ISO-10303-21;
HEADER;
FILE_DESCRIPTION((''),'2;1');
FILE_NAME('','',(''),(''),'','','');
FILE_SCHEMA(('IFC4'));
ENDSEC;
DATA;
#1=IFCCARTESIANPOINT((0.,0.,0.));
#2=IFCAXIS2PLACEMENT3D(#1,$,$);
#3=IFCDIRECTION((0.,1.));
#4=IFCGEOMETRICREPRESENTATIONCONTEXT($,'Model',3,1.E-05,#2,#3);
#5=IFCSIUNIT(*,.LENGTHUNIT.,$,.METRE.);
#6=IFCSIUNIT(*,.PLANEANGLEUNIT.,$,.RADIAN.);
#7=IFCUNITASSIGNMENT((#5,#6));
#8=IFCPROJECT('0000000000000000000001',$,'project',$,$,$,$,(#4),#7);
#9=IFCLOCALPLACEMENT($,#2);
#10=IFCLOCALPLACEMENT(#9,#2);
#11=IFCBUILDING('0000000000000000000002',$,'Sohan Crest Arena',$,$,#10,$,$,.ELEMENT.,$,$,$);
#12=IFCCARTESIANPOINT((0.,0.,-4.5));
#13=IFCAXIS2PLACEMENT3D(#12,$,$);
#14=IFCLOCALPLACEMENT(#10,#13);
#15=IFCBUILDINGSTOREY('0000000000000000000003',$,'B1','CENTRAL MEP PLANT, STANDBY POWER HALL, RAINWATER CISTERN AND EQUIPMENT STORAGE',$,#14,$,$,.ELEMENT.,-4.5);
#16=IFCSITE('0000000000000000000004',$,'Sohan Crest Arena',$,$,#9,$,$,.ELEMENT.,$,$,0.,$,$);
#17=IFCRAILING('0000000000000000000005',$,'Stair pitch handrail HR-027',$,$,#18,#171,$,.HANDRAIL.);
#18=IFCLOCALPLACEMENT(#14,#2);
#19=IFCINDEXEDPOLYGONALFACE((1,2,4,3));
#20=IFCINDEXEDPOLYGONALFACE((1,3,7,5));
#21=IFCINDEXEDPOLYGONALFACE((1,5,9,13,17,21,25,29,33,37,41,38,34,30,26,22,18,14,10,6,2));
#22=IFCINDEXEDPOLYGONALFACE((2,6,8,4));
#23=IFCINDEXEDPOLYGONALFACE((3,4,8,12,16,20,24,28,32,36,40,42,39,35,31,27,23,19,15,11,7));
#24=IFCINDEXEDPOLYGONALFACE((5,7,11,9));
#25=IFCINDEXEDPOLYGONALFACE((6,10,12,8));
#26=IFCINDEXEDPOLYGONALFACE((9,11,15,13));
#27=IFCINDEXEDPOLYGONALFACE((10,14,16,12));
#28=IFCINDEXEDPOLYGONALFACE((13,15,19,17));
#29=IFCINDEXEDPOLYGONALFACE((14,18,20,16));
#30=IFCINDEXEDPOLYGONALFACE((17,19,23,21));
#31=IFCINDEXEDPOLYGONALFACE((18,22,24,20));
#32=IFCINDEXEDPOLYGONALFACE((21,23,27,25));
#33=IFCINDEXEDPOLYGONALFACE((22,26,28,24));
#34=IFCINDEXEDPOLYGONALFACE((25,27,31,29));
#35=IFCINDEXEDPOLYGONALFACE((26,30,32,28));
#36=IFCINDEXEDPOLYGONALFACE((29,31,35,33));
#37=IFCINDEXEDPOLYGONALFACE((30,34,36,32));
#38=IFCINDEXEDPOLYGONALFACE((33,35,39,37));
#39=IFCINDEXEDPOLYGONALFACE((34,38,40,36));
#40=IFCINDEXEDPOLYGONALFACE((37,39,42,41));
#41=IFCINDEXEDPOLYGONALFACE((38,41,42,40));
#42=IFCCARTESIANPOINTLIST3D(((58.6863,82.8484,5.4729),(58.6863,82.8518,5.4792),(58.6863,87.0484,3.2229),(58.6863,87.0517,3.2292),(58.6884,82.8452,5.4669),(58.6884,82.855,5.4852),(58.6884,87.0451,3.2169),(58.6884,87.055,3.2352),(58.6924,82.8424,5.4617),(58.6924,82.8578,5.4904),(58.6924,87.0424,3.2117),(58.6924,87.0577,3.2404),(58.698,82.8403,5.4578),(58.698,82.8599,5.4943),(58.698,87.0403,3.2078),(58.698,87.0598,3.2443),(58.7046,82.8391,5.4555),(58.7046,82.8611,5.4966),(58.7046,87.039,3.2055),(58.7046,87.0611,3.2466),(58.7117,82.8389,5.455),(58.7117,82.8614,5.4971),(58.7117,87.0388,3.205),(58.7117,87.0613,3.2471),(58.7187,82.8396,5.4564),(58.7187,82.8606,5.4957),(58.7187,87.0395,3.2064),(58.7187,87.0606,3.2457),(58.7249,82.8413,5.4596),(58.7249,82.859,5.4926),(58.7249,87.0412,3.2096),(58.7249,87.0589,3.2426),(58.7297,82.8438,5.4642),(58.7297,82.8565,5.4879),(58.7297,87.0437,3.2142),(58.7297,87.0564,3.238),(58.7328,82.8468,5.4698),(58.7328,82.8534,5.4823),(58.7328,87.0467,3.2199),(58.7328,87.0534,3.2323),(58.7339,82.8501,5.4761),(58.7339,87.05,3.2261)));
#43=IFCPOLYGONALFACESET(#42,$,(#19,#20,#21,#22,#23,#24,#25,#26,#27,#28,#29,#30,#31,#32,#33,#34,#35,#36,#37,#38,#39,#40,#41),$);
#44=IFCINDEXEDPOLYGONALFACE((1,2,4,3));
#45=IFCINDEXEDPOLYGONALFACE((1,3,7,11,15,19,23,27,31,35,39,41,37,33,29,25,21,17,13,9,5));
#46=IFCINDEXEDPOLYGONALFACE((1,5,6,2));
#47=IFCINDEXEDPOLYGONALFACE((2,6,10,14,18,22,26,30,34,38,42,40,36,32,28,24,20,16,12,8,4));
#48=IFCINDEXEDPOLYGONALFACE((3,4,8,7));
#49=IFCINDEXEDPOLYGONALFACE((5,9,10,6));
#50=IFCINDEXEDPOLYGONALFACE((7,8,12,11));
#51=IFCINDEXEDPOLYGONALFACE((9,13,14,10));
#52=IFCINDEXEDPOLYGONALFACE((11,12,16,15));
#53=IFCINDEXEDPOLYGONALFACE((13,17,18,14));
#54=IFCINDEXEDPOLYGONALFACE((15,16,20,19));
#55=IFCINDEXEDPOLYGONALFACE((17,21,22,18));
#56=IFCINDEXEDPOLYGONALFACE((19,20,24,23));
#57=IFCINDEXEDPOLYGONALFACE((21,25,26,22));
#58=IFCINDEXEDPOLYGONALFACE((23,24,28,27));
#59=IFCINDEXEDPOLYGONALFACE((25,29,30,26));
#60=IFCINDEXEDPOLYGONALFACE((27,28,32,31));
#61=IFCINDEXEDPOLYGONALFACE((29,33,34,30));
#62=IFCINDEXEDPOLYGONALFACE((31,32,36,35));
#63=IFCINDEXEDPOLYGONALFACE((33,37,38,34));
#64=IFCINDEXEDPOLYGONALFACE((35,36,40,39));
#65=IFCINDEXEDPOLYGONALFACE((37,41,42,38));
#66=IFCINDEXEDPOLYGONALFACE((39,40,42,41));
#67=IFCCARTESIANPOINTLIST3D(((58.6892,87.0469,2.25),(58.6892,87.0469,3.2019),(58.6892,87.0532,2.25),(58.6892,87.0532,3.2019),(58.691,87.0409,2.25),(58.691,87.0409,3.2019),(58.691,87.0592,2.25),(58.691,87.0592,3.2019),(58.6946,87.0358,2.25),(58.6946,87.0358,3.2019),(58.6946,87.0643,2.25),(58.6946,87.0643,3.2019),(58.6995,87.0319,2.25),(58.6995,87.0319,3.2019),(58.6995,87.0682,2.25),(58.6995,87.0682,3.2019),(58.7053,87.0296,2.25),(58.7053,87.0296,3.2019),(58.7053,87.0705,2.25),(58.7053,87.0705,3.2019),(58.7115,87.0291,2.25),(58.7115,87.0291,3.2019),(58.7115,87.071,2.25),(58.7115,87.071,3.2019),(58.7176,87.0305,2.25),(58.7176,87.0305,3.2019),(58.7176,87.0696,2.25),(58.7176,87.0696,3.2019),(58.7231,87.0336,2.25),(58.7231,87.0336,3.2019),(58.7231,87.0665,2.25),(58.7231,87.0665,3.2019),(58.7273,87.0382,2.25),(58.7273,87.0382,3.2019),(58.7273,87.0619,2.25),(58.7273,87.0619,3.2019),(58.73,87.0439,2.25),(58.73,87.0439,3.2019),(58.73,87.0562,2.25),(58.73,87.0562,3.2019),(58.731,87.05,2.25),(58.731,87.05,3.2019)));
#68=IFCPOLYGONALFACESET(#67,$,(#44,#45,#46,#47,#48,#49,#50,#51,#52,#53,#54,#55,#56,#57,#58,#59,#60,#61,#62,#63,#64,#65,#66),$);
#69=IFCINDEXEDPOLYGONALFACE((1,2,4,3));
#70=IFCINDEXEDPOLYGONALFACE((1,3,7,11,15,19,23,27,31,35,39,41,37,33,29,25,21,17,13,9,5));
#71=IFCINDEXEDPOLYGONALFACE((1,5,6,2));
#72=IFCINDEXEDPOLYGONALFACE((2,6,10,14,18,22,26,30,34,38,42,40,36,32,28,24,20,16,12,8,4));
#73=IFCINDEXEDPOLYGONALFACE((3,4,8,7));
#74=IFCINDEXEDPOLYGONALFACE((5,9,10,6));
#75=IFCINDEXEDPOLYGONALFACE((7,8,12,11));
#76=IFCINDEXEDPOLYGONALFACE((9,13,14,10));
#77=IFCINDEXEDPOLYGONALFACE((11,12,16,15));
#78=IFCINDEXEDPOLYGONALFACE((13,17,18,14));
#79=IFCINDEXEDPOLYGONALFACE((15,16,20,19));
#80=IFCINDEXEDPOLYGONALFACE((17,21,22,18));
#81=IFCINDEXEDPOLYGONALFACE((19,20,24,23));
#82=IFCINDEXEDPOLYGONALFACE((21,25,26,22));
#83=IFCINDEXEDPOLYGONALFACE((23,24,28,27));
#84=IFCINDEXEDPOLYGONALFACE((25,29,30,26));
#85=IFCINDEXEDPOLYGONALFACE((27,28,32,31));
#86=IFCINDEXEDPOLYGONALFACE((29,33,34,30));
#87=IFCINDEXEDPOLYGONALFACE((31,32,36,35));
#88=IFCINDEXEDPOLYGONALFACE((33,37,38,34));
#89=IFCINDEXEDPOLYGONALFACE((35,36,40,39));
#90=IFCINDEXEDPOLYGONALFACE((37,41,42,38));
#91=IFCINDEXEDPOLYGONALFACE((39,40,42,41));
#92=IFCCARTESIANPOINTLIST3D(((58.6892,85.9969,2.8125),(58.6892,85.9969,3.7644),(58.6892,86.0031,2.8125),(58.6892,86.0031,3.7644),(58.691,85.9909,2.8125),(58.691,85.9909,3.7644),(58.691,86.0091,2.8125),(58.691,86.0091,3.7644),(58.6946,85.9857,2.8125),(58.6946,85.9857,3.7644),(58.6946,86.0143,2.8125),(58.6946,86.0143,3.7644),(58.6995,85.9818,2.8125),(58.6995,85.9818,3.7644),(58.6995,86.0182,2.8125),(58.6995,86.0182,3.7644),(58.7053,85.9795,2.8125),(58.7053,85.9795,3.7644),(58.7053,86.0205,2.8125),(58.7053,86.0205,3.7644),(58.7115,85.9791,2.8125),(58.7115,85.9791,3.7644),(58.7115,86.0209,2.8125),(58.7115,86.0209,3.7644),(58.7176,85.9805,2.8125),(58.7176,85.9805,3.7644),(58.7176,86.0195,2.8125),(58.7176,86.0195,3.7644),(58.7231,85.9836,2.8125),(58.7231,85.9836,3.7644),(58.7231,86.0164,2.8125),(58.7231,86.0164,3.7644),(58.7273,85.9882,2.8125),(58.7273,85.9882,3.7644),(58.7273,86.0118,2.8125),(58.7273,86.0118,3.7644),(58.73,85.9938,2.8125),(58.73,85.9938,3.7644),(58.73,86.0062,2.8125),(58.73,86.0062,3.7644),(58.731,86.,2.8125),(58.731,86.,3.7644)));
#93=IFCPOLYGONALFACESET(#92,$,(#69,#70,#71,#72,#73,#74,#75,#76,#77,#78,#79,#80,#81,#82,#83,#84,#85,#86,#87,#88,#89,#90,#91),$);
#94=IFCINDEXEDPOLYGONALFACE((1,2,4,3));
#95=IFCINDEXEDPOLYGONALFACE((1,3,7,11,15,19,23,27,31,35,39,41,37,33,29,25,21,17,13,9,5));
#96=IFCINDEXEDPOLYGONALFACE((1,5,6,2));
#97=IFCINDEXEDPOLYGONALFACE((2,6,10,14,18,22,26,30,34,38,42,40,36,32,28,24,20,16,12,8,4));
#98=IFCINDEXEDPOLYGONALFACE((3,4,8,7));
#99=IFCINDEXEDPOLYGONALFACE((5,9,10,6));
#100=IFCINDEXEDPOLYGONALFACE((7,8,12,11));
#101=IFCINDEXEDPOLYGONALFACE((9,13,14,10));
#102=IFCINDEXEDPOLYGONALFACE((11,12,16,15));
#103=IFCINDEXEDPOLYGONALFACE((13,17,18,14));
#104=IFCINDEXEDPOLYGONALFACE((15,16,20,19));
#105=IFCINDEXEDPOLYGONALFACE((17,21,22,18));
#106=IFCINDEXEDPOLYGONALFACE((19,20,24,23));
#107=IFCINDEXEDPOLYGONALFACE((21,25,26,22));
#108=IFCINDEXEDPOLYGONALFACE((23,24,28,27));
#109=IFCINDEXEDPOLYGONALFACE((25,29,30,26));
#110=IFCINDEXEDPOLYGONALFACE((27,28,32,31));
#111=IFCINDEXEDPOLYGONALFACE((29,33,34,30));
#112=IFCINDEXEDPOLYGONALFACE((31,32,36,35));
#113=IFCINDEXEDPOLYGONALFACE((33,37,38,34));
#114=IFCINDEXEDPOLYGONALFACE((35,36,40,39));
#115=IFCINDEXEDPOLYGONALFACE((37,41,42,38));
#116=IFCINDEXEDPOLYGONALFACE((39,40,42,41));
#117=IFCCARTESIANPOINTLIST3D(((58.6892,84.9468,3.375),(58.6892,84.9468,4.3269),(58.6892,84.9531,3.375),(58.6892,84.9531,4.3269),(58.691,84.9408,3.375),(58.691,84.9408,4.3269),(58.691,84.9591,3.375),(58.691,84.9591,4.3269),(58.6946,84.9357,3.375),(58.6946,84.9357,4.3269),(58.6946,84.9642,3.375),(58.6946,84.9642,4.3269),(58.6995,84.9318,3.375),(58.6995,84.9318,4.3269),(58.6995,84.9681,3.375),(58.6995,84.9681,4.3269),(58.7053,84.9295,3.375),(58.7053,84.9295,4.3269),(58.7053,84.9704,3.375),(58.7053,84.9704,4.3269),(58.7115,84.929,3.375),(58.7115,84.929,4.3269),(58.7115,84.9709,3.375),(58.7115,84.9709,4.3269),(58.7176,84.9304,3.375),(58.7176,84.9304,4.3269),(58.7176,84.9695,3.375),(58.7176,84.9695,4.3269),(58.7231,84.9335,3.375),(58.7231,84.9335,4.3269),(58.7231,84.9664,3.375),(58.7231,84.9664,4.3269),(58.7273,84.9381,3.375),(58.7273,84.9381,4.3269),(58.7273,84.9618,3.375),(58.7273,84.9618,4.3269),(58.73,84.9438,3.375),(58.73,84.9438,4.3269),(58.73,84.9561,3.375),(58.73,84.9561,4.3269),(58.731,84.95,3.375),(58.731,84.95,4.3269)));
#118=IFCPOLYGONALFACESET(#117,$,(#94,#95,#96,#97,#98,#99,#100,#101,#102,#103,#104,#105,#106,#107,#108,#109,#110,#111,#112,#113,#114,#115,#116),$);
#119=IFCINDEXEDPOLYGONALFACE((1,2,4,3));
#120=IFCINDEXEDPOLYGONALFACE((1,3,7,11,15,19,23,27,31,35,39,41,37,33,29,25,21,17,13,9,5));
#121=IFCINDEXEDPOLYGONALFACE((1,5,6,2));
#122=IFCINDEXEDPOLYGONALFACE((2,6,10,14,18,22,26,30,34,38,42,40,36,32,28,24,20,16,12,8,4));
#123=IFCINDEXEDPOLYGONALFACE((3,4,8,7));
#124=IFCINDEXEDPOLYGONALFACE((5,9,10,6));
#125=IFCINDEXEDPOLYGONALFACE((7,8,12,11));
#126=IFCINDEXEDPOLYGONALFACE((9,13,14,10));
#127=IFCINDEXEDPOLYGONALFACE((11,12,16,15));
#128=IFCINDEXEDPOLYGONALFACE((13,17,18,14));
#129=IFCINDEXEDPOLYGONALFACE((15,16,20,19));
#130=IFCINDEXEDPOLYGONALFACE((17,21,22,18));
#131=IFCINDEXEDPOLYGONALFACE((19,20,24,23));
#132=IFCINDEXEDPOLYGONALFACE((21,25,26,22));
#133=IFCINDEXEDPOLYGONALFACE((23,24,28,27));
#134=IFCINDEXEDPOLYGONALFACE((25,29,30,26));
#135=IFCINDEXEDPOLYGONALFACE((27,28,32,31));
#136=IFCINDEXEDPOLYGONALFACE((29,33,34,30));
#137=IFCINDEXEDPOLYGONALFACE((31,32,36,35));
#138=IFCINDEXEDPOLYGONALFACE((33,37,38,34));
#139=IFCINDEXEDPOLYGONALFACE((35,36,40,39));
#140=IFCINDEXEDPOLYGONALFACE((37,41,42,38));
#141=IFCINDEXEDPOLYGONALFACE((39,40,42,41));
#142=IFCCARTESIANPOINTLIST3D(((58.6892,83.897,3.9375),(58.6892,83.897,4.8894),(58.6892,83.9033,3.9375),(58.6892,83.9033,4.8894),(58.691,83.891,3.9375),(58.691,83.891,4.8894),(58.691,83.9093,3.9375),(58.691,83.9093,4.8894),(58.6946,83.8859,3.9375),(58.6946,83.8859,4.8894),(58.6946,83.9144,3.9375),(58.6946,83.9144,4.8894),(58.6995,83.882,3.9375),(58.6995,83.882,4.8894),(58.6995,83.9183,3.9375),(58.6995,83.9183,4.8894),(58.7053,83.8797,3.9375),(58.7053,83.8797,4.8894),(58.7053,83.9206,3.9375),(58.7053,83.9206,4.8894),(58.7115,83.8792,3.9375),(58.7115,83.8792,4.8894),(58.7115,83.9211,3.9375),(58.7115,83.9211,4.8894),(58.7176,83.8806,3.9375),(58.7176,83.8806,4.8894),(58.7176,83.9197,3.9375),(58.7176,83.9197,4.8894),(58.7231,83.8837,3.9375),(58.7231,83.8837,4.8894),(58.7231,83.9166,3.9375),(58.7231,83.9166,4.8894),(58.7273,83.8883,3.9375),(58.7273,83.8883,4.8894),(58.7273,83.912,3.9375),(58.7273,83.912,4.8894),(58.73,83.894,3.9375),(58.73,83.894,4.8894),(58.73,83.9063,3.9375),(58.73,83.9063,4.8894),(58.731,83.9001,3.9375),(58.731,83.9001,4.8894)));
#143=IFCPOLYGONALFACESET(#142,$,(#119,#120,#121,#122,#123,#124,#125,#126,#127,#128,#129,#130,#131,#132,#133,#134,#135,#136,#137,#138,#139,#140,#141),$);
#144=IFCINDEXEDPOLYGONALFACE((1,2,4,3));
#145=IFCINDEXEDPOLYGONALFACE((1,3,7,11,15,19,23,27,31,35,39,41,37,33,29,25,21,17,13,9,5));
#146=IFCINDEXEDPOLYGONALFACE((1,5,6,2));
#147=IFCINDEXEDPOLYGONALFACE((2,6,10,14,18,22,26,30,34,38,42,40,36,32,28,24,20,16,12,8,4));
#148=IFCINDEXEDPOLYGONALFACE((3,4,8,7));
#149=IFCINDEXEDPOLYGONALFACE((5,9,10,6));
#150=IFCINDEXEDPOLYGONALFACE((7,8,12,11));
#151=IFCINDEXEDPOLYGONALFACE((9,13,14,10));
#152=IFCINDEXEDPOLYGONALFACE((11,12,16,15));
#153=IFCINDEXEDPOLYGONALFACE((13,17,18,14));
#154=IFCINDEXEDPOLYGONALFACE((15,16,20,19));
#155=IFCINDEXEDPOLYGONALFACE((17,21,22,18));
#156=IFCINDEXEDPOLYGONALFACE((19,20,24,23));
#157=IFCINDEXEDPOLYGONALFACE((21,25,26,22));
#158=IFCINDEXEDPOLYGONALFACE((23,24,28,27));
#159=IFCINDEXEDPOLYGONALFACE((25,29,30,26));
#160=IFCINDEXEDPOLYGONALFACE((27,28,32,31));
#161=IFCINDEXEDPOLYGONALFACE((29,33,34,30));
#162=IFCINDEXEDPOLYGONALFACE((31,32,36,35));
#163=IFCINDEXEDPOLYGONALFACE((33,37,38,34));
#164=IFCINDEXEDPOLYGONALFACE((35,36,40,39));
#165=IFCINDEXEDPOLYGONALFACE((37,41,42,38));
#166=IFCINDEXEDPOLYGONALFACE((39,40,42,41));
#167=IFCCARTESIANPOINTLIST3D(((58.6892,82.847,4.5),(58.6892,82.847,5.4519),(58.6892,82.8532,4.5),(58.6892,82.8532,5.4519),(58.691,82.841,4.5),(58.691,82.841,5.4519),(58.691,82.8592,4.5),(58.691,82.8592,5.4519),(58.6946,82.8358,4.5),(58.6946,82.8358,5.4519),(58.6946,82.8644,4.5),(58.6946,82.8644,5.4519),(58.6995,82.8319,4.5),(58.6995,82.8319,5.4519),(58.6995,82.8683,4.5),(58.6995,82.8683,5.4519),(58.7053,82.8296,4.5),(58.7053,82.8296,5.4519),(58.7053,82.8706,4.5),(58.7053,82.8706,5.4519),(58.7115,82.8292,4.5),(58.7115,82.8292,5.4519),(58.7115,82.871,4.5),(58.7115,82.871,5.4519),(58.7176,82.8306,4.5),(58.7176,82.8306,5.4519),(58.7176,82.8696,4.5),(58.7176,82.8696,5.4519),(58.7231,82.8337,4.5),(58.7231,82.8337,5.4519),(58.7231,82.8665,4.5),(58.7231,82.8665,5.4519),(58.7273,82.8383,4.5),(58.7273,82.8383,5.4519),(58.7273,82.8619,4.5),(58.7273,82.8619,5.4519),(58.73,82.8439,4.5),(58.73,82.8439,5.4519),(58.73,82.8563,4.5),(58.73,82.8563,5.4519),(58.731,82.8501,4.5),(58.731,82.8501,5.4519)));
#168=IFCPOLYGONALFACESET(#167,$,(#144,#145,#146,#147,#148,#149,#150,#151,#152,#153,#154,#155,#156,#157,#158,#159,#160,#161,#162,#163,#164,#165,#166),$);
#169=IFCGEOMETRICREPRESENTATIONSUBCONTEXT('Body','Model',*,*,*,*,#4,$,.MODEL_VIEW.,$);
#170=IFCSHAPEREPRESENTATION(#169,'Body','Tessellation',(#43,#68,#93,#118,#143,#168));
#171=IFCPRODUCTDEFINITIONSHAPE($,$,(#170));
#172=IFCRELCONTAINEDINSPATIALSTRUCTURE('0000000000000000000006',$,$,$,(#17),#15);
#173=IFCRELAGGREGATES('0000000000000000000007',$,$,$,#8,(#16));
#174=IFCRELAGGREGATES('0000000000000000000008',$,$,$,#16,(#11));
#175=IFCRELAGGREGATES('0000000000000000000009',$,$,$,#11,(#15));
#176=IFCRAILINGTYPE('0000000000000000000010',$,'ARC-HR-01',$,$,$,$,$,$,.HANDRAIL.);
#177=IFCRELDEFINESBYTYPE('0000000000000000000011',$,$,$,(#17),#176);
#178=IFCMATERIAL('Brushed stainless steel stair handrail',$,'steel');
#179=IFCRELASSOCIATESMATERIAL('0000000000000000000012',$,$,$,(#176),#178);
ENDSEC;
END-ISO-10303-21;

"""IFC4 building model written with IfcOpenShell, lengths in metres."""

from ifc_helpers import new_model, si_unit, direction, frame, origin, origin_2d, place, context, subcontext, project, spatial, circle, extrude, material, type_object, element, save


model = new_model("IFC4")

# Units and contexts
model_context = context("Model", 3, precision=1e-05, world=origin(), true_north=direction((0.0, 1.0)))
body_context = subcontext(model_context, "Body", "Model", "MODEL_VIEW")
ifc_project = project(units=[si_unit("LENGTHUNIT", "METRE"), si_unit("PLANEANGLEUNIT", "RADIAN")], contexts=[model_context])

# Site, building, storey
site_placement = place(None, origin())
site = spatial("IfcSite", under=ifc_project, at=site_placement, Name="Sohan Crest Arena", CompositionType="ELEMENT", RefElevation=0.0)
building_placement = place(site_placement, origin())
building = spatial("IfcBuilding", under=site, at=building_placement, Name="Sohan Crest Arena", CompositionType="ELEMENT")
storey_placement = place(building_placement, frame((0.0, 0.0, -4.5)))
storey = spatial("IfcBuildingStorey", under=building, at=storey_placement, Name="B1", Description="CENTRAL MEP PLANT, STANDBY POWER HALL, RAINWATER CISTERN AND EQUIPMENT STORAGE", CompositionType="ELEMENT", Elevation=-4.5)

# Railing
ifc_material_1 = material(Name="Brushed stainless steel stair handrail", Category="steel")
railing_type = type_object("IfcRailingType", Name="ARC-HR-01", PredefinedType="HANDRAIL", material=ifc_material_1)
for number, where, name in (
    (1, (58.71, 87.05, 2.25), "Stair pitch handrail HR-027"),
):
    element("IfcRailing", number, at=place(storey_placement, frame(where)), inside=storey, type_object=railing_type, Name=name, PredefinedType="HANDRAIL", context=body_context, shape_type="SweptSolid", body=[
        extrude(circle(Radius=0.0239, at=origin_2d()), frame((0.0, 0.0, 0.9761), z_axis=(0.0, -0.881478, 0.472226), x_axis=(1.0, 0.0, 0.0)), (0.0, 0.0, 1.0), 4.7646),
        extrude(circle(Radius=0.021, at=origin_2d()), origin(), (0.0, 0.0, 1.0), 0.9519),
        extrude(circle(Radius=0.021, at=origin_2d()), frame((0.0, -1.05, 0.5625)), (0.0, 0.0, 1.0), 0.9519),
        extrude(circle(Radius=0.021, at=origin_2d()), frame((0.0, -2.1001, 1.125)), (0.0, 0.0, 1.0), 0.9519),
        extrude(circle(Radius=0.021, at=origin_2d()), frame((0.0, -3.1499, 1.6875)), (0.0, 0.0, 1.0), 0.9519),
        extrude(circle(Radius=0.021, at=origin_2d()), frame((0.0, -4.2, 2.25)), (0.0, 0.0, 1.0), 0.9519),
    ])

save(model, "model.ifc")
